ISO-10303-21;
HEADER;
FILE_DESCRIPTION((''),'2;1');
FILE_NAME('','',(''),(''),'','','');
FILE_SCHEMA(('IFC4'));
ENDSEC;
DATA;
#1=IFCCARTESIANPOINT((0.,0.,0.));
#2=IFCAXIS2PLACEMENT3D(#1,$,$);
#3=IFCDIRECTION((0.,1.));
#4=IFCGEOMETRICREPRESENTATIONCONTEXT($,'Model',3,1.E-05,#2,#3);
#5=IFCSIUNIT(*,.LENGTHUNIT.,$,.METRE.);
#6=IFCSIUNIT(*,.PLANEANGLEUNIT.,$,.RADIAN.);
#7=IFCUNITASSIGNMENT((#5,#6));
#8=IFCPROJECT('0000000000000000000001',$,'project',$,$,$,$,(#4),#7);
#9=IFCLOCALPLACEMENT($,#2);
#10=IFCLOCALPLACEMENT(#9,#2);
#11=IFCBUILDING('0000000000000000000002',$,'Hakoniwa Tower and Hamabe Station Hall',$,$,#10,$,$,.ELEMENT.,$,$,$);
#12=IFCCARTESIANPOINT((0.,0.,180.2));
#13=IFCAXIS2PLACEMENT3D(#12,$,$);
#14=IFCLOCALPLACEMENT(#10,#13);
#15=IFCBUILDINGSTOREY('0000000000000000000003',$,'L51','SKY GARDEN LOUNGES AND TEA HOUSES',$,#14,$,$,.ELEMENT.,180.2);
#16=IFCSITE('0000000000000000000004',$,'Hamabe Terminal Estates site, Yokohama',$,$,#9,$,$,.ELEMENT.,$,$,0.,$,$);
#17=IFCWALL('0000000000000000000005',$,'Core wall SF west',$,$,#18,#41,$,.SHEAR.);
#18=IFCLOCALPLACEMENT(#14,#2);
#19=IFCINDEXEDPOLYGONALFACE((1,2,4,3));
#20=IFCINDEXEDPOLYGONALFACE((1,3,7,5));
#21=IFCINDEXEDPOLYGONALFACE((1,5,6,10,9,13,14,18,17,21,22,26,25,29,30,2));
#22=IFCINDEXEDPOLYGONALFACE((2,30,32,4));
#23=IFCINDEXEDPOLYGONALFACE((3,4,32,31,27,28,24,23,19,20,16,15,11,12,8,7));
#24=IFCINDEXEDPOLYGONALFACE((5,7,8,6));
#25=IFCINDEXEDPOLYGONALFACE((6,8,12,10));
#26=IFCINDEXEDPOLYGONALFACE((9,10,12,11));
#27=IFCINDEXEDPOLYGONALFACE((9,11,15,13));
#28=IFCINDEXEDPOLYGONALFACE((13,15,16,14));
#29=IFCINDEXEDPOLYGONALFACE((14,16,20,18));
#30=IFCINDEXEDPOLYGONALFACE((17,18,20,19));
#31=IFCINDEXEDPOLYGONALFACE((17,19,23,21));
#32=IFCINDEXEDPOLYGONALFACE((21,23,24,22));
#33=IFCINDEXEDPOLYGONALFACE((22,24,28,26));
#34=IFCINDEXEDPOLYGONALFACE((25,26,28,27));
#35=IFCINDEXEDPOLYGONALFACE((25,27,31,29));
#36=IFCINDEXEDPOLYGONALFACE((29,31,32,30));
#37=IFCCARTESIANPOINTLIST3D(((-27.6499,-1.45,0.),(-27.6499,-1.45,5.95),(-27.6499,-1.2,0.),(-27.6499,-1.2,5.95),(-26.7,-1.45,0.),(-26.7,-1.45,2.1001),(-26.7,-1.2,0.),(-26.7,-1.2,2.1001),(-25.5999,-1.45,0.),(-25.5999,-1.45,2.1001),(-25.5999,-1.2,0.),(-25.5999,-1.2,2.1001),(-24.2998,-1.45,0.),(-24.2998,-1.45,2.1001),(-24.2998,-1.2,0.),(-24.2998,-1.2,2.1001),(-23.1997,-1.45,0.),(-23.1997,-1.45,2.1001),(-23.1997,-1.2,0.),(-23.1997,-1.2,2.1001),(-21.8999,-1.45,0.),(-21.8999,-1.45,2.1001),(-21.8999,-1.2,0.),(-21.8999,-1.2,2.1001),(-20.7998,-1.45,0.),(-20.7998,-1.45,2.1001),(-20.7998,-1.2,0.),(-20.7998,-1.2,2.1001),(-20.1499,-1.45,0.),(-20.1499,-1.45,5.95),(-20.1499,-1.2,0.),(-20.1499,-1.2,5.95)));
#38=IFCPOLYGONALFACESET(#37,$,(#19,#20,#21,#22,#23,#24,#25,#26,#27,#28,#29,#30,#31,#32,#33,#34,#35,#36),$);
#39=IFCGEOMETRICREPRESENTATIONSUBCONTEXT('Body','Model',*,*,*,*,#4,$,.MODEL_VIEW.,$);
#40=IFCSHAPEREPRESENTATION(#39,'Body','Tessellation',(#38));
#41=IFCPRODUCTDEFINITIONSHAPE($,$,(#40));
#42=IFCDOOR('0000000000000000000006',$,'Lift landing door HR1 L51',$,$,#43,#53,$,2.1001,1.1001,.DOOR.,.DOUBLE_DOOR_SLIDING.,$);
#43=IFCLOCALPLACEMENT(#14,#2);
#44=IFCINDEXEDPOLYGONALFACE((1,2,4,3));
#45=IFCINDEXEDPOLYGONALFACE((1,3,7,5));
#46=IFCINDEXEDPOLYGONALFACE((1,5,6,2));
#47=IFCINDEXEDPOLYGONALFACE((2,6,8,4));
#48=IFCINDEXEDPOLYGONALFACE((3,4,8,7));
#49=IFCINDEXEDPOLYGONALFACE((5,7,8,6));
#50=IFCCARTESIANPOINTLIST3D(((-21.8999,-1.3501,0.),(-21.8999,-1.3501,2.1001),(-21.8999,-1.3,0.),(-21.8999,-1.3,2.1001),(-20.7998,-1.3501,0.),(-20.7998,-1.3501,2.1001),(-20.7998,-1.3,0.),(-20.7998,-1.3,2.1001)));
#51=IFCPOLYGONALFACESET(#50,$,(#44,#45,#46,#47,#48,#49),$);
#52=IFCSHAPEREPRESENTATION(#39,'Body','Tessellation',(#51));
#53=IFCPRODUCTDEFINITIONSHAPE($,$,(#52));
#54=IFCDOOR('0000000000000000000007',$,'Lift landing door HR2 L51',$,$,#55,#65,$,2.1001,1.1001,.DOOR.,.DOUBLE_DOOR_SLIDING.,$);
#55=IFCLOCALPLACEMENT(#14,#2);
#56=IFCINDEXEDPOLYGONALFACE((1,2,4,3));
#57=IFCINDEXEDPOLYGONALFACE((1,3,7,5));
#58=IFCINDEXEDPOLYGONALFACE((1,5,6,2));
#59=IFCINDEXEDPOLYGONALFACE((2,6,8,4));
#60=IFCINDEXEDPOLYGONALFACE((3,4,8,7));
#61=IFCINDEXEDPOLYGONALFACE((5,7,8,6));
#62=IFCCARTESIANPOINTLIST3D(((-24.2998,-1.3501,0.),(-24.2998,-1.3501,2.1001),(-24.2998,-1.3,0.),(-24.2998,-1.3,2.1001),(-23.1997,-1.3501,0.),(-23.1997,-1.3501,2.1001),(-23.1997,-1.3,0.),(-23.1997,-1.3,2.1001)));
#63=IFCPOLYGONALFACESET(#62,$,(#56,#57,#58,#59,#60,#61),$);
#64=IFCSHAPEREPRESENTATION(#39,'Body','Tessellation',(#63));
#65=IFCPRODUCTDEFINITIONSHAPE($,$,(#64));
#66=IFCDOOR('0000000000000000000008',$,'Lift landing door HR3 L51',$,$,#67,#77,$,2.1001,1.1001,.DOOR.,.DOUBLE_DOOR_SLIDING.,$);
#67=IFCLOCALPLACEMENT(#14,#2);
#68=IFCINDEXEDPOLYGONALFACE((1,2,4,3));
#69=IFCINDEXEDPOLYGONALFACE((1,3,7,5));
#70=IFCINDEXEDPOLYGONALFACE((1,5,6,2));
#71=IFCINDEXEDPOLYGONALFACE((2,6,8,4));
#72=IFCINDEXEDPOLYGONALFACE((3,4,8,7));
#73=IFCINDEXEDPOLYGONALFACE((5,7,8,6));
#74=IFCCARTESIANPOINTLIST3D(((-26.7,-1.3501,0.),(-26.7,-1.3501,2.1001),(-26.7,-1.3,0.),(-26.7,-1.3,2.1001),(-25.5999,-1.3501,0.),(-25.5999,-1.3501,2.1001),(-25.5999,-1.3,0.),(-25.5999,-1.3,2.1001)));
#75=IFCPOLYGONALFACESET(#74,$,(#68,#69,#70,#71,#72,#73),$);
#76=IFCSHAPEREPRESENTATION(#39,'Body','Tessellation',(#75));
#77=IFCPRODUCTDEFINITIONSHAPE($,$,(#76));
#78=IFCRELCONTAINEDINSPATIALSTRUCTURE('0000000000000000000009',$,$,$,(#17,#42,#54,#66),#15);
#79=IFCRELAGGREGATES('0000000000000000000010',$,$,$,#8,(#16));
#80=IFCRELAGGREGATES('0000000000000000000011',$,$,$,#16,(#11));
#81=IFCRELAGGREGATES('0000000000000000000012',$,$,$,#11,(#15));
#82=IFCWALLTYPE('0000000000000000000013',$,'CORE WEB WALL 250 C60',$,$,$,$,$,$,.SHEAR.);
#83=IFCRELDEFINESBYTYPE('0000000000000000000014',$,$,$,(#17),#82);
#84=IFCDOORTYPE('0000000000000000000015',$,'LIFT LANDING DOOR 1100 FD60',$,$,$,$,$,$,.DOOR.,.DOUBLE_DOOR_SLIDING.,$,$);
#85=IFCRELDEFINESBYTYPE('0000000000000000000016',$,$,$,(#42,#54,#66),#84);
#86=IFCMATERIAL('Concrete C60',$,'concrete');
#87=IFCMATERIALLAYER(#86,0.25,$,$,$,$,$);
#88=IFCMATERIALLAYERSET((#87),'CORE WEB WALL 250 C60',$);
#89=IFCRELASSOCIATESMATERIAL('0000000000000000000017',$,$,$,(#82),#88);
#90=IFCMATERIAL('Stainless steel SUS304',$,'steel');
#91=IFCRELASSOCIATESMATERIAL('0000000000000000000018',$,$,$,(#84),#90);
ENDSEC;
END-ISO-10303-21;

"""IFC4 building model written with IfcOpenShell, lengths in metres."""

from ifc_helpers import new_model, si_unit, direction, frame, frame_2d, origin, place, context, subcontext, project, spatial, rectangle, extrude, material, layer, layer_set, type_object, element, fill, save


model = new_model("IFC4")

# Units and contexts
model_context = context("Model", 3, precision=1e-05, world=origin(), true_north=direction((0.0, 1.0)))
body_context = subcontext(model_context, "Body", "Model", "MODEL_VIEW")
ifc_project = project(units=[si_unit("LENGTHUNIT", "METRE"), si_unit("PLANEANGLEUNIT", "RADIAN")], contexts=[model_context])

# Site, building, storey
site_placement = place(None, origin())
site = spatial("IfcSite", under=ifc_project, at=site_placement, Name="Hamabe Terminal Estates site, Yokohama", CompositionType="ELEMENT", RefElevation=0.0)
building_placement = place(site_placement, origin())
building = spatial("IfcBuilding", under=site, at=building_placement, Name="Hakoniwa Tower and Hamabe Station Hall", CompositionType="ELEMENT")
storey_placement = place(building_placement, frame((0.0, 0.0, 180.2)))
storey = spatial("IfcBuildingStorey", under=building, at=storey_placement, Name="L51", Description="SKY GARDEN LOUNGES AND TEA HOUSES", CompositionType="ELEMENT", Elevation=180.2)

# Shared definitions
ifc_material_1 = material(Name="Concrete C60", Category="concrete")
ifc_layer_1 = layer(ifc_material_1, 0.25)
ifc_layer_set_1 = layer_set([ifc_layer_1], Name="CORE WEB WALL 250 C60")
wall_type_1 = type_object("IfcWallType", Name="CORE WEB WALL 250 C60", PredefinedType="SHEAR", material=ifc_layer_set_1)

# Shared definitions
ifc_material_2 = material(Name="Stainless steel SUS304", Category="steel")
door_type_1 = type_object("IfcDoorType", Name="LIFT LANDING DOOR 1100 FD60", OperationType="DOUBLE_DOOR_SLIDING", PredefinedType="DOOR", material=ifc_material_2)

# Wall, openings, doors
wall_1_placement = place(storey_placement, frame((-27.6499, -1.325, 0.0), z_axis=(0.0, 0.0, 1.0), x_axis=(1.0, 0.0, 0.0)))
wall_1 = element("IfcWall", 1, at=wall_1_placement, inside=storey, type_object=wall_type_1, Name="Core wall SF west", PredefinedType="SHEAR", context=body_context, shape_type="SweptSolid", body=[
    extrude(rectangle(XDim=7.5, YDim=0.25, at=frame_2d((3.75, 0.0))), origin(), (0.0, 0.0, 1.0), 5.95),
])
opening_1_placement = place(wall_1_placement, frame((5.75, 0.0, 0.0)))
opening_1 = element("IfcOpeningElement", 2, at=opening_1_placement, cuts=wall_1, PredefinedType="OPENING", context=body_context, shape_type="SweptSolid", body=[
    extrude(rectangle(XDim=1.1001, YDim=2.1001, at=frame_2d((0.55, 1.05))), frame((0.0, 0.135, 0.0), z_axis=(0.0, -1.0, 0.0), x_axis=(1.0, 0.0, 0.0)), (0.0, 0.0, 1.0), 0.27),
])
opening_2_placement = place(wall_1_placement, frame((3.3501, 0.0, 0.0)))
opening_2 = element("IfcOpeningElement", 3, at=opening_2_placement, cuts=wall_1, PredefinedType="OPENING", context=body_context, shape_type="SweptSolid", body=[
    extrude(rectangle(XDim=1.1001, YDim=2.1001, at=frame_2d((0.55, 1.05))), frame((0.0, 0.135, 0.0), z_axis=(0.0, -1.0, 0.0), x_axis=(1.0, 0.0, 0.0)), (0.0, 0.0, 1.0), 0.27),
])
opening_3_placement = place(wall_1_placement, frame((0.95, 0.0, 0.0)))
opening_3 = element("IfcOpeningElement", 4, at=opening_3_placement, cuts=wall_1, PredefinedType="OPENING", context=body_context, shape_type="SweptSolid", body=[
    extrude(rectangle(XDim=1.1001, YDim=2.1001, at=frame_2d((0.55, 1.05))), frame((0.0, 0.135, 0.0), z_axis=(0.0, -1.0, 0.0), x_axis=(1.0, 0.0, 0.0)), (0.0, 0.0, 1.0), 0.27),
])
door_1_placement = place(opening_1_placement, origin())
door_1 = element("IfcDoor", 5, at=door_1_placement, inside=storey, type_object=door_type_1, Name="Lift landing door HR1 L51", OperationType="DOUBLE_DOOR_SLIDING", OverallHeight=2.1001, OverallWidth=1.1001, PredefinedType="DOOR", context=body_context, shape_type="SweptSolid", body=[
    extrude(rectangle(XDim=1.1001, YDim=2.1001, at=frame_2d((0.55, 1.05))), frame((0.0, 0.0249, 0.0), z_axis=(0.0, -1.0, 0.0), x_axis=(1.0, 0.0, 0.0)), (0.0, 0.0, 1.0), 0.05),
])
fill(opening_1, door_1)
door_2_placement = place(opening_2_placement, origin())
door_2 = element("IfcDoor", 6, at=door_2_placement, inside=storey, type_object=door_type_1, Name="Lift landing door HR2 L51", OperationType="DOUBLE_DOOR_SLIDING", OverallHeight=2.1001, OverallWidth=1.1001, PredefinedType="DOOR", context=body_context, shape_type="SweptSolid", body=[
    extrude(rectangle(XDim=1.1001, YDim=2.1001, at=frame_2d((0.55, 1.05))), frame((0.0, 0.0249, 0.0), z_axis=(0.0, -1.0, 0.0), x_axis=(1.0, 0.0, 0.0)), (0.0, 0.0, 1.0), 0.05),
])
fill(opening_2, door_2)
door_3_placement = place(opening_3_placement, origin())
door_3 = element("IfcDoor", 7, at=door_3_placement, inside=storey, type_object=door_type_1, Name="Lift landing door HR3 L51", OperationType="DOUBLE_DOOR_SLIDING", OverallHeight=2.1001, OverallWidth=1.1001, PredefinedType="DOOR", context=body_context, shape_type="SweptSolid", body=[
    extrude(rectangle(XDim=1.1001, YDim=2.1001, at=frame_2d((0.55, 1.05))), frame((0.0, 0.0249, 0.0), z_axis=(0.0, -1.0, 0.0), x_axis=(1.0, 0.0, 0.0)), (0.0, 0.0, 1.0), 0.05),
])
fill(opening_3, door_3)

save(model, "model.ifc")
